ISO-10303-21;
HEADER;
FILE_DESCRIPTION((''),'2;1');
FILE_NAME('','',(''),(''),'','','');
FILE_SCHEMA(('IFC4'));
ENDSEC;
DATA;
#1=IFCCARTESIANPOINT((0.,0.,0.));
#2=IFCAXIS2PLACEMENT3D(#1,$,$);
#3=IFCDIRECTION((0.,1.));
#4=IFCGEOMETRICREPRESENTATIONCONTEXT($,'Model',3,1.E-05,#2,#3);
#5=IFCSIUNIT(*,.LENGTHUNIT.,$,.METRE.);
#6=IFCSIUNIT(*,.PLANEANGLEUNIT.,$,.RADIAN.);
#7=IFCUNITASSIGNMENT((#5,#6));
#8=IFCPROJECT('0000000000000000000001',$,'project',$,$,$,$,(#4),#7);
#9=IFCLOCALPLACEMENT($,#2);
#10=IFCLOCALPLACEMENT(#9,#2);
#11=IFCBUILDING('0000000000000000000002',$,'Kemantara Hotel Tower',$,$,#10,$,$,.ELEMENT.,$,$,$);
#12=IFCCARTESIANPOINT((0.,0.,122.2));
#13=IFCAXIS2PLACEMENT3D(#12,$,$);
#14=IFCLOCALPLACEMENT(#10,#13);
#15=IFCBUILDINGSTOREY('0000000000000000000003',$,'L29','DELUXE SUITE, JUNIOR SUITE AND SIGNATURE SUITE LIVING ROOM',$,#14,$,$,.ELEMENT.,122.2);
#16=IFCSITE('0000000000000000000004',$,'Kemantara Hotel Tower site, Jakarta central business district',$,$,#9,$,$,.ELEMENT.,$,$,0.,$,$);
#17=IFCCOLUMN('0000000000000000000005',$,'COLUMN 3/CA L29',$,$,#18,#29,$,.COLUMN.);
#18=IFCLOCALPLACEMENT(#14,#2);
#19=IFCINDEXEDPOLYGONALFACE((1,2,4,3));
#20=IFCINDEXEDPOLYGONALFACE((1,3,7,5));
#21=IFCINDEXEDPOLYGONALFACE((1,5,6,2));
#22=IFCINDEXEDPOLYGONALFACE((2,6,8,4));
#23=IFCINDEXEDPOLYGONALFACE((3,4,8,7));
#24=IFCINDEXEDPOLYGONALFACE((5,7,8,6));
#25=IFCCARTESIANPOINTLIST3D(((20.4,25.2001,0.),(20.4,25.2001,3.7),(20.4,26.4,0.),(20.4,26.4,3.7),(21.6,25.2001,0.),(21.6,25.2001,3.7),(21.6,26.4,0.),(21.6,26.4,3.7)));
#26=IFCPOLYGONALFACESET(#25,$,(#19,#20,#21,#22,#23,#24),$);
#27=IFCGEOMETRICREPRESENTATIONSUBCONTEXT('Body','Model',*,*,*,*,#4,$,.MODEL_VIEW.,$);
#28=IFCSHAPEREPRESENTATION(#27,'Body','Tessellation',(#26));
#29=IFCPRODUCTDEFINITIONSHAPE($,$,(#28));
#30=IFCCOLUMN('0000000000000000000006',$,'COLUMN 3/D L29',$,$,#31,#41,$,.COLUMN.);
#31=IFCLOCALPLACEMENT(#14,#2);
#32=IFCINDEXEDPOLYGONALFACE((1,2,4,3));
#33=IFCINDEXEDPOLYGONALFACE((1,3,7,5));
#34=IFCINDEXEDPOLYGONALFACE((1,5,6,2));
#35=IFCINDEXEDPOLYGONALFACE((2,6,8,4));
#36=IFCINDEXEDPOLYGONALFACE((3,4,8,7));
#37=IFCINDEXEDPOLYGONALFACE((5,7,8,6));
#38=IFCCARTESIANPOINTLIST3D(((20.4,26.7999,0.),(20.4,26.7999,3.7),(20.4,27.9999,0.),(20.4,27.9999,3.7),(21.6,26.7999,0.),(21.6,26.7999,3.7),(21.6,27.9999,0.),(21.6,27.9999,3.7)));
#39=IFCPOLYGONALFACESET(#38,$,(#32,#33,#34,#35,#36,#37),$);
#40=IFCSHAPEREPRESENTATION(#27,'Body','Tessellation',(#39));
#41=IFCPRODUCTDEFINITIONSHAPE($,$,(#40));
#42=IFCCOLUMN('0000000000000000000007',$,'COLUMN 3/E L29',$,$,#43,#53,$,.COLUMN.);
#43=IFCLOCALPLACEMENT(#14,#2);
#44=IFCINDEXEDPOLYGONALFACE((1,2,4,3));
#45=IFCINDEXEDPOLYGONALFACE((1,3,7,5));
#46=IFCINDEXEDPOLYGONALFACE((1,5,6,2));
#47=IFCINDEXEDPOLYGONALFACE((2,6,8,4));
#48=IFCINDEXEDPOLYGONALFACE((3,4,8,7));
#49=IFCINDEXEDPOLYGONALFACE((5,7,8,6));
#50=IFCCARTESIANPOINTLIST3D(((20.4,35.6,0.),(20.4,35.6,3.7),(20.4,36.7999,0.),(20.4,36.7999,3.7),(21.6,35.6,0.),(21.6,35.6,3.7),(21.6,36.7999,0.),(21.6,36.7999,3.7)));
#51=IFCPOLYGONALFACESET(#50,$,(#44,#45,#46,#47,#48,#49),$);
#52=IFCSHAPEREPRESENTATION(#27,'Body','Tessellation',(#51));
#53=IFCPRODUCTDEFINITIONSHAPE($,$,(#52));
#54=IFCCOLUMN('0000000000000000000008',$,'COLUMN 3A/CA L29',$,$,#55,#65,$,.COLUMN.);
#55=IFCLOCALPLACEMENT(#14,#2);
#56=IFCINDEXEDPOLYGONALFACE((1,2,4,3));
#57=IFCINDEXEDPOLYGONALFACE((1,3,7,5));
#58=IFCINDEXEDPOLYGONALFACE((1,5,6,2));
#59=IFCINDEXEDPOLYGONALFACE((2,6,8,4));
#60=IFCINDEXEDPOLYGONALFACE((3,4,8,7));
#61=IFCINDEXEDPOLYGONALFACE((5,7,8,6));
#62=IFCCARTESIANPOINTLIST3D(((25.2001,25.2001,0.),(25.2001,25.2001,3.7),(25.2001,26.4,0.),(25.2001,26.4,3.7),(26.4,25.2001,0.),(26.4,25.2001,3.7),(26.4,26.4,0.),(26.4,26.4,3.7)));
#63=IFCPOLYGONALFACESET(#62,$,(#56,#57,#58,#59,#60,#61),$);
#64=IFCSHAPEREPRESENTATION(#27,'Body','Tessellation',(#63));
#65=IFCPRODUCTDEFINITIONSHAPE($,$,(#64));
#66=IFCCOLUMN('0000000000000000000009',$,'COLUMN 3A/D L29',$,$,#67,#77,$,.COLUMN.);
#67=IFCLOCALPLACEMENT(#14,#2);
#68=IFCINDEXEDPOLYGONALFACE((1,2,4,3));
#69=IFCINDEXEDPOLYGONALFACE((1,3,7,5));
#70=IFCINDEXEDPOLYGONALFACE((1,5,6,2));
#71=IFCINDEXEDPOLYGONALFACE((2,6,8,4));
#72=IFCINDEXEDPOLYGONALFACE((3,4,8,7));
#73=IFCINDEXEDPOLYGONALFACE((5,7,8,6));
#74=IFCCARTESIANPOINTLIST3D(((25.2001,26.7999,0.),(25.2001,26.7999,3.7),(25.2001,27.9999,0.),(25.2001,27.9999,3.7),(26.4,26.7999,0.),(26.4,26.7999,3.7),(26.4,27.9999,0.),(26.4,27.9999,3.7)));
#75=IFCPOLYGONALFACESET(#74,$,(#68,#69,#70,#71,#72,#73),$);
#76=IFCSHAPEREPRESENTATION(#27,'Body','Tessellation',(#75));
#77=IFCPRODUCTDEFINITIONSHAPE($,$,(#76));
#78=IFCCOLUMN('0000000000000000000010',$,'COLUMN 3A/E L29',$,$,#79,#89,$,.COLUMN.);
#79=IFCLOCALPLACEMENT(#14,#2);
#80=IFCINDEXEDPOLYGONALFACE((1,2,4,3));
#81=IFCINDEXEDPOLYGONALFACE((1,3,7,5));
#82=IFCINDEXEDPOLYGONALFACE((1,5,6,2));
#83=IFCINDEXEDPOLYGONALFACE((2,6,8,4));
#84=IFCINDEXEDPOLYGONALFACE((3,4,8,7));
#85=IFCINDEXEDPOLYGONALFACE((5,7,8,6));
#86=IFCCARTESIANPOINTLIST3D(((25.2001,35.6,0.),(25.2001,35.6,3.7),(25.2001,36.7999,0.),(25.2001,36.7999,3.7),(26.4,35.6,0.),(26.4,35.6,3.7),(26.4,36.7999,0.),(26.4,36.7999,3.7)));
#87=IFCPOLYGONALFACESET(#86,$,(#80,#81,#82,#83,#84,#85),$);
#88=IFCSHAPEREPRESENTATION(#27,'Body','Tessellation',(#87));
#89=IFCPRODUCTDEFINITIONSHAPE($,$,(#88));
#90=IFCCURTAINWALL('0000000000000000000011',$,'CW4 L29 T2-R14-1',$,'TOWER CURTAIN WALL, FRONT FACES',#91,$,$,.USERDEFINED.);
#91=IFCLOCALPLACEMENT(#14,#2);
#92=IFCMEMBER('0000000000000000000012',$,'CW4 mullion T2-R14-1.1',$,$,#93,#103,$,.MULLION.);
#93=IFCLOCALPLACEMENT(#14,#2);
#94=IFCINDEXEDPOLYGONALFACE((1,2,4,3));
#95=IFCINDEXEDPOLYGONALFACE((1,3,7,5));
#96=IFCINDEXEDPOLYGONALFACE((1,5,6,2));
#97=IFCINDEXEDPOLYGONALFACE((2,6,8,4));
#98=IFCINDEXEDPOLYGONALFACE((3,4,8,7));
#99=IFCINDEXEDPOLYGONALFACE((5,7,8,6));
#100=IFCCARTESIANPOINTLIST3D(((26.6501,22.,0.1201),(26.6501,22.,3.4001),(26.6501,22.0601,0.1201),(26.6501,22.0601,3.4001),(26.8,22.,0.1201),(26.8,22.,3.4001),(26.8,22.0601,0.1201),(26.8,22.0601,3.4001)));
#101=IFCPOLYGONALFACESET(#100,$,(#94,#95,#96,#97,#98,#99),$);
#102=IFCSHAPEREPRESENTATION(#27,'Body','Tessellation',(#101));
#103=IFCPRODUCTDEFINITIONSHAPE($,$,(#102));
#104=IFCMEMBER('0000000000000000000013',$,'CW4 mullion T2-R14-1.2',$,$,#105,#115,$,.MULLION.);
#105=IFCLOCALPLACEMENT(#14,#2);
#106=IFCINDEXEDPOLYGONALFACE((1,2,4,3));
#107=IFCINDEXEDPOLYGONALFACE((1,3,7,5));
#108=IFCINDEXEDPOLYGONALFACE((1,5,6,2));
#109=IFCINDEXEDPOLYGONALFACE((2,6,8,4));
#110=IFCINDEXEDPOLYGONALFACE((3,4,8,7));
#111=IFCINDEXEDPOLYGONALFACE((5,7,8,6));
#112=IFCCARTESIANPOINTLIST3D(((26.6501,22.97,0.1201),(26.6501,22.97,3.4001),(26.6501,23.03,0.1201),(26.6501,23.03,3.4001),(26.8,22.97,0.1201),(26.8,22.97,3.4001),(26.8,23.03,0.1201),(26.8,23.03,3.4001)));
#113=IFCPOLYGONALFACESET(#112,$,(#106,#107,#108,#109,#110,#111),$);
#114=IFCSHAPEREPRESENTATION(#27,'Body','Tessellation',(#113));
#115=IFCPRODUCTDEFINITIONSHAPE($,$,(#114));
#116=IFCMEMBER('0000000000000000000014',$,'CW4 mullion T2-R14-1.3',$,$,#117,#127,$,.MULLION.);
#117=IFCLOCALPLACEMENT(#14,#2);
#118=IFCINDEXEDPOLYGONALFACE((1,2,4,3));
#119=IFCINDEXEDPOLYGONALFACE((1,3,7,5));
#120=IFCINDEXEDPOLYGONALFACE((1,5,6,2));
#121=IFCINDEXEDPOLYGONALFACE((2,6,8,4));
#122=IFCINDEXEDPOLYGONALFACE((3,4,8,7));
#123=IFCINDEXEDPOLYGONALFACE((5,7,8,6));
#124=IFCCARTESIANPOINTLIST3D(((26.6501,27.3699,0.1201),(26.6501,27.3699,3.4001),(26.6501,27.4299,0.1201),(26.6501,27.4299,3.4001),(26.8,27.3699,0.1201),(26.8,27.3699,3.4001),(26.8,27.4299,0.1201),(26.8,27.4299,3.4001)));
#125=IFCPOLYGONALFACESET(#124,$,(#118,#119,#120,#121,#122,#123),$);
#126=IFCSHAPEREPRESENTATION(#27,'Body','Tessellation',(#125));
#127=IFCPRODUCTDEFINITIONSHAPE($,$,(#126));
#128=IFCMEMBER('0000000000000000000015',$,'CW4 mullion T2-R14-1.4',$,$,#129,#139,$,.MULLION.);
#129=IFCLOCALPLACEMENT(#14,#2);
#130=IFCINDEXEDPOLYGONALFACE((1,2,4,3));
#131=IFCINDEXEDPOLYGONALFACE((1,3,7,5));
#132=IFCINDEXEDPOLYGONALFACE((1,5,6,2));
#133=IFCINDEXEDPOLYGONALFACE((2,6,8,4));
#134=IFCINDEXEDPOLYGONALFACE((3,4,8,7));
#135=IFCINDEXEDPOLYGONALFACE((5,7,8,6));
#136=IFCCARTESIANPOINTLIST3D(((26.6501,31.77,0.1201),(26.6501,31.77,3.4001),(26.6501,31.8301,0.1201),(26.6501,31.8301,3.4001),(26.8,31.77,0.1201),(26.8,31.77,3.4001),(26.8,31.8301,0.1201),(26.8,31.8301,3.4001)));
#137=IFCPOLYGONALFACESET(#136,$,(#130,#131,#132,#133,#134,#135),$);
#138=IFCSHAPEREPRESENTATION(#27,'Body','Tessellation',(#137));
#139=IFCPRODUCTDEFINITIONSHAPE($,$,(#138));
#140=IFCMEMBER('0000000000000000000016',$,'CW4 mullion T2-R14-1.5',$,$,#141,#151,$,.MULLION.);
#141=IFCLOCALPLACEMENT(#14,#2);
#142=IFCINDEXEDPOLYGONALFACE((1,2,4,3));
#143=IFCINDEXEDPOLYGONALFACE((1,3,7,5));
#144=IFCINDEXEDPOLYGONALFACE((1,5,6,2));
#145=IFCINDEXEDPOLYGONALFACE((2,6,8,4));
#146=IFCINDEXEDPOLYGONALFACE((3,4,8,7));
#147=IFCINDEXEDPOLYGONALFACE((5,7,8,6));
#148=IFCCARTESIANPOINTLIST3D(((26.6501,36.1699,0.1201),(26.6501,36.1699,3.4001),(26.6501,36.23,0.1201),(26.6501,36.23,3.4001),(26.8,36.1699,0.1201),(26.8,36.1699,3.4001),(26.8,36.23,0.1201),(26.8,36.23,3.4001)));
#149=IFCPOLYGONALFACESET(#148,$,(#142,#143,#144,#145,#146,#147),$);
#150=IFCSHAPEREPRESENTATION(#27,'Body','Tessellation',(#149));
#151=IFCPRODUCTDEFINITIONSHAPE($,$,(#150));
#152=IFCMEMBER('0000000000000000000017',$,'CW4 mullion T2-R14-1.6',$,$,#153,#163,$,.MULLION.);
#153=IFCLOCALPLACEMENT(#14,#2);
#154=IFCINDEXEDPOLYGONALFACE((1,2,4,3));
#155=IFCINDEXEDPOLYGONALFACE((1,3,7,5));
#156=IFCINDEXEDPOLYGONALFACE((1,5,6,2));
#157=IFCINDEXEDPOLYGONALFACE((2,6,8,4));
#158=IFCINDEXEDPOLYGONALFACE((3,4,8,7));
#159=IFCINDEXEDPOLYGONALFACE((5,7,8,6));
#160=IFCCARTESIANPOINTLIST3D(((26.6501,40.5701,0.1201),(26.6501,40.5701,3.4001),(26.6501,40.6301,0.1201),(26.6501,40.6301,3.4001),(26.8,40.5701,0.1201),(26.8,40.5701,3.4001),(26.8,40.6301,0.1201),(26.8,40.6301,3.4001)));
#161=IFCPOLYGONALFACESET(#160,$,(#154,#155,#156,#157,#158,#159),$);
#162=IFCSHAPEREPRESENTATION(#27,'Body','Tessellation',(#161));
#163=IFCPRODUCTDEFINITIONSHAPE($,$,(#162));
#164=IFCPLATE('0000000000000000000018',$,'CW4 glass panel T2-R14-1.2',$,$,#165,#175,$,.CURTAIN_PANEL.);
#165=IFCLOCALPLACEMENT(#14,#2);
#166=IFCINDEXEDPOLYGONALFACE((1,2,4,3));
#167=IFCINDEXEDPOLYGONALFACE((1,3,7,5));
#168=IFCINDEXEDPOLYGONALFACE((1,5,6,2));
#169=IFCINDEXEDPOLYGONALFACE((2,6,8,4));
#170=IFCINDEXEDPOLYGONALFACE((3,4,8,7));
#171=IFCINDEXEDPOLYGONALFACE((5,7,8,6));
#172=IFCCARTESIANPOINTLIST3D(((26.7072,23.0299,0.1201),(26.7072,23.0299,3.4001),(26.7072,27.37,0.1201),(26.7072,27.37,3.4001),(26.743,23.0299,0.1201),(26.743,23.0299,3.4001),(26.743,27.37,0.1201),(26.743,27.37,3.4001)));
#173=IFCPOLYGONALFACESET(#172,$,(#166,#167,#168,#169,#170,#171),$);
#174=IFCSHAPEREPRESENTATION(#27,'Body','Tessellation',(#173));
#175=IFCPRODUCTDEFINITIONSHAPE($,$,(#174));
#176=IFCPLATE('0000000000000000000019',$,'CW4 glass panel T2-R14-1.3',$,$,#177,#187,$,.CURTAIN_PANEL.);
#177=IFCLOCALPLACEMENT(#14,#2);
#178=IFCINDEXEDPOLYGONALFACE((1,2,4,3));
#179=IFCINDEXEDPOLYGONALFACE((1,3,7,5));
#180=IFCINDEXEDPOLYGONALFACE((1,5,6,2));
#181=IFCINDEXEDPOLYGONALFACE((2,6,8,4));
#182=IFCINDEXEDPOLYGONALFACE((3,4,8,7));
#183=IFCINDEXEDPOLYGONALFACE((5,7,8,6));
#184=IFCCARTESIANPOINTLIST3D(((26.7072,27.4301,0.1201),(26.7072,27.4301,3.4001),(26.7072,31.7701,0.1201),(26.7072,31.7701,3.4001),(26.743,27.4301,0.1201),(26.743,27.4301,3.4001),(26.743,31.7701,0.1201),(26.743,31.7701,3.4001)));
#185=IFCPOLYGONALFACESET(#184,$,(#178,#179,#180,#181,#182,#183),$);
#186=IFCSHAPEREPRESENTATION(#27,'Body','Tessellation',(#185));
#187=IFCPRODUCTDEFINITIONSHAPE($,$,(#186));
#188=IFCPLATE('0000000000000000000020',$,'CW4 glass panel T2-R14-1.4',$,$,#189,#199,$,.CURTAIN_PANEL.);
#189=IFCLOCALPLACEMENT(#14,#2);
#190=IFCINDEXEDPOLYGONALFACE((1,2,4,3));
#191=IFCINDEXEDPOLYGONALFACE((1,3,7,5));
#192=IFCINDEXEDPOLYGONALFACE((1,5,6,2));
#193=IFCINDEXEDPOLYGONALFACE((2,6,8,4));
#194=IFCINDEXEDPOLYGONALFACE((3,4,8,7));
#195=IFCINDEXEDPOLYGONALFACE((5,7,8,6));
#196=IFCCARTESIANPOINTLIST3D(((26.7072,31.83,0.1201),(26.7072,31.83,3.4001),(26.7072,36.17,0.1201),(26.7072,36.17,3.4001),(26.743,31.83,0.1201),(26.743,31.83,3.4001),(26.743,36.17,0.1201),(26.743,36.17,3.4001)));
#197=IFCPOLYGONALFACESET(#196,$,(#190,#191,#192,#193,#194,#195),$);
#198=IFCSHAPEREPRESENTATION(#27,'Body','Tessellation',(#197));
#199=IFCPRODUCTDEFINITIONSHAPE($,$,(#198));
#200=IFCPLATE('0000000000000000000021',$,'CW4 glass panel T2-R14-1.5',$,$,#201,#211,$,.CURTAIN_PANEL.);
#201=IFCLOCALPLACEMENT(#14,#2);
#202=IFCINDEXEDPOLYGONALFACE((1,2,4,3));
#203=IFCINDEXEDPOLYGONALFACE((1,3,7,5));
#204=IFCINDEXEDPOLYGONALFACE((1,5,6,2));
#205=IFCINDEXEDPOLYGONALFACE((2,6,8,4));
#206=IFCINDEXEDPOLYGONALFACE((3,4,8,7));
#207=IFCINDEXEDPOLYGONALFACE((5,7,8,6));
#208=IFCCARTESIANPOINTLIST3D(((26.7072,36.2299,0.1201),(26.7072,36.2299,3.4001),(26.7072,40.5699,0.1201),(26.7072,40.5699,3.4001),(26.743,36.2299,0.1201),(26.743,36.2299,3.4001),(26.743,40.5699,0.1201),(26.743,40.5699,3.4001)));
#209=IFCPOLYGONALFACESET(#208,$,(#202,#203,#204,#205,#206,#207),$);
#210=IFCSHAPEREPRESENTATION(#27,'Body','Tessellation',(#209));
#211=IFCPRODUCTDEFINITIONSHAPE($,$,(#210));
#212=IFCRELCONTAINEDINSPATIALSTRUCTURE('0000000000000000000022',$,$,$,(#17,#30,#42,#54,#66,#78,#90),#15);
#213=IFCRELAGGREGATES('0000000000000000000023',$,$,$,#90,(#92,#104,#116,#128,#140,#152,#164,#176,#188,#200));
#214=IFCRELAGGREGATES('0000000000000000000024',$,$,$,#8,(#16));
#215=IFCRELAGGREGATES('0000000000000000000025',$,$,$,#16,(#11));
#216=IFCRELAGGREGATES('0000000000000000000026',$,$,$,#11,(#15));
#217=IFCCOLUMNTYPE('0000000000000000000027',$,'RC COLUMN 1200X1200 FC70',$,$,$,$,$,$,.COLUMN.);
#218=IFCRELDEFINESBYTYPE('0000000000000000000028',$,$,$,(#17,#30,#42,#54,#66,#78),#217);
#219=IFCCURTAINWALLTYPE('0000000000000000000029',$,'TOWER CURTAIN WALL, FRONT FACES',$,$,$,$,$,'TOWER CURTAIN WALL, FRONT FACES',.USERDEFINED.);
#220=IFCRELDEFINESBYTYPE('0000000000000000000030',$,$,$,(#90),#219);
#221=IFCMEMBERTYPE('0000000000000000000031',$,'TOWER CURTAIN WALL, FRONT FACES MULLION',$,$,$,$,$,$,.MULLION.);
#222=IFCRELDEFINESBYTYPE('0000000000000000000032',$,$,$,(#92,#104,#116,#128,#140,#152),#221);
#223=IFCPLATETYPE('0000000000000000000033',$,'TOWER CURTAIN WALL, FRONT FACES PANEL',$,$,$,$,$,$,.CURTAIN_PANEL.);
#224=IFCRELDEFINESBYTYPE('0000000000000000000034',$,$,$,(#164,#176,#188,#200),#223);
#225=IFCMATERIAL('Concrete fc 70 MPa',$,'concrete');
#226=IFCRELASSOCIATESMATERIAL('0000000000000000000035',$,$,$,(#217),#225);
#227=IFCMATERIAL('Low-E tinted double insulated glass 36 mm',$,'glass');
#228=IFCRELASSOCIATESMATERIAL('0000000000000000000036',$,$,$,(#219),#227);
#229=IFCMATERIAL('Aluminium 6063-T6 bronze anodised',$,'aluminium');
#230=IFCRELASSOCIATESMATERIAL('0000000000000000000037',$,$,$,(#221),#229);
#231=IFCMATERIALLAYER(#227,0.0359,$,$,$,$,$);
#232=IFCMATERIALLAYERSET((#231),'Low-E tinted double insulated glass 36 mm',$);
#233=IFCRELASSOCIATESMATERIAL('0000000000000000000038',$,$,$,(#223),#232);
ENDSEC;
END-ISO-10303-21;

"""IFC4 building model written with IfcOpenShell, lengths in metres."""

from ifc_helpers import new_model, si_unit, direction, frame, origin, origin_2d, place, context, subcontext, project, spatial, rectangle, extrude, source, transform, mapped, material, layer, layer_set, material_profile, profile_set, type_object, element, aggregate, save


model = new_model("IFC4")

# Units and contexts
model_context = context("Model", 3, precision=1e-05, world=origin(), true_north=direction((0.0, 1.0)))
body_context = subcontext(model_context, "Body", "Model", "MODEL_VIEW")
ifc_project = project(units=[si_unit("LENGTHUNIT", "METRE"), si_unit("PLANEANGLEUNIT", "RADIAN")], contexts=[model_context])

# Site, building, storey
site_placement = place(None, origin())
site = spatial("IfcSite", under=ifc_project, at=site_placement, Name="Kemantara Hotel Tower site, Jakarta central business district", CompositionType="ELEMENT", RefElevation=0.0)
building_placement = place(site_placement, origin())
building = spatial("IfcBuilding", under=site, at=building_placement, Name="Kemantara Hotel Tower", CompositionType="ELEMENT")
storey_placement = place(building_placement, frame((0.0, 0.0, 122.2)))
storey = spatial("IfcBuildingStorey", under=building, at=storey_placement, Name="L29", Description="DELUXE SUITE, JUNIOR SUITE AND SIGNATURE SUITE LIVING ROOM", CompositionType="ELEMENT", Elevation=122.2)

# Columns
ifc_material_1 = material(Name="Concrete fc 70 MPa", Category="concrete")
ifc_material_profile_1 = material_profile(ifc_material_1, rectangle(XDim=1.2, YDim=1.2, at=origin_2d()), Name="RC 1200X1200")
ifc_profile_set_1 = profile_set([ifc_material_profile_1], Name="Concrete fc 70 MPa")
column_type = type_object("IfcColumnType", Name="RC COLUMN 1200X1200 FC70", PredefinedType="COLUMN", material=ifc_profile_set_1)
for number, where, z_axis, x_axis, name in (
    (1, (21.0, 25.8, 0.0), (0.0, 0.0, 1.0), (1.0, 0.0, 0.0), "COLUMN 3/CA L29"),
    (2, (21.0, 27.3999, 0.0), (0.0, 0.0, 1.0), (1.0, 0.0, 0.0), "COLUMN 3/D L29"),
    (3, (21.0, 36.2, 0.0), (0.0, 0.0, 1.0), (1.0, 0.0, 0.0), "COLUMN 3/E L29"),
    (4, (25.8, 25.8, 0.0), (0.0, 0.0, 1.0), (1.0, 0.0, 0.0), "COLUMN 3A/CA L29"),
    (5, (25.8, 27.3999, 0.0), (0.0, 0.0, 1.0), (1.0, 0.0, 0.0), "COLUMN 3A/D L29"),
    (6, (25.8, 36.2, 0.0), (0.0, 0.0, 1.0), (1.0, 0.0, 0.0), "COLUMN 3A/E L29"),
):
    element("IfcColumn", number, at=place(storey_placement, frame(where, z_axis=z_axis, x_axis=x_axis)), inside=storey, type_object=column_type, Name=name, PredefinedType="COLUMN", context=body_context, shape_type="SweptSolid", body=[
        extrude(rectangle(XDim=1.2, YDim=1.2, at=origin_2d()), origin(), (0.0, 0.0, 1.0), 3.7),
    ])

# Curtain wall, members, plates
ifc_material_2 = material(Name="Low-E tinted double insulated glass 36 mm", Category="glass")
curtain_wall_type = type_object("IfcCurtainWallType", Name="TOWER CURTAIN WALL, FRONT FACES", ElementType="TOWER CURTAIN WALL, FRONT FACES", PredefinedType="USERDEFINED", material=ifc_material_2)
curtain_wall_placement = place(storey_placement, origin())
curtain_wall = element("IfcCurtainWall", 7, at=curtain_wall_placement, inside=storey, type_object=curtain_wall_type, Name="CW4 L29 T2-R14-1", ObjectType="TOWER CURTAIN WALL, FRONT FACES", PredefinedType="USERDEFINED")
ifc_material_3 = material(Name="Aluminium 6063-T6 bronze anodised", Category="aluminium")
ifc_material_profile_2 = material_profile(ifc_material_3, rectangle(XDim=0.1499, YDim=0.0601, at=origin_2d()), Name="TOWER CURTAIN WALL, FRONT FACES MULLION")
ifc_profile_set_2 = profile_set([ifc_material_profile_2], Name="Aluminium 6063-T6 bronze anodised")
member_type = type_object("IfcMemberType", Name="TOWER CURTAIN WALL, FRONT FACES MULLION", PredefinedType="MULLION", material=ifc_profile_set_2)
shared_shape_1 = source(origin(), body_context, "Body", "SweptSolid", [
    extrude(rectangle(XDim=0.1499, YDim=0.0601, at=origin_2d()), origin(), (0.0, 0.0, 1.0), 3.28),
])
member_1_placement = place(storey_placement, frame((26.7251, 22.03, 0.1201), z_axis=(0.0, 0.0, 1.0), x_axis=(-1.0, 0.0, 0.0)))
member_1 = element("IfcMember", 8, at=member_1_placement, type_object=member_type, Name="CW4 mullion T2-R14-1.1", PredefinedType="MULLION", context=body_context, shape_type="MappedRepresentation", body=[
    mapped(shared_shape_1, transform((0.0, 0.0, 0.0))),
])
member_2_placement = place(storey_placement, frame((26.7251, 23.0, 0.1201), z_axis=(0.0, 0.0, 1.0), x_axis=(-1.0, 0.0, 0.0)))
member_2 = element("IfcMember", 9, at=member_2_placement, type_object=member_type, Name="CW4 mullion T2-R14-1.2", PredefinedType="MULLION", context=body_context, shape_type="MappedRepresentation", body=[
    mapped(shared_shape_1, transform((0.0, 0.0, 0.0))),
])
member_3_placement = place(storey_placement, frame((26.7251, 27.3999, 0.1201), z_axis=(0.0, 0.0, 1.0), x_axis=(-1.0, 0.0, 0.0)))
member_3 = element("IfcMember", 10, at=member_3_placement, type_object=member_type, Name="CW4 mullion T2-R14-1.3", PredefinedType="MULLION", context=body_context, shape_type="MappedRepresentation", body=[
    mapped(shared_shape_1, transform((0.0, 0.0, 0.0))),
])
member_4_placement = place(storey_placement, frame((26.7251, 31.8, 0.1201), z_axis=(0.0, 0.0, 1.0), x_axis=(-1.0, 0.0, 0.0)))
member_4 = element("IfcMember", 11, at=member_4_placement, type_object=member_type, Name="CW4 mullion T2-R14-1.4", PredefinedType="MULLION", context=body_context, shape_type="MappedRepresentation", body=[
    mapped(shared_shape_1, transform((0.0, 0.0, 0.0))),
])
member_5_placement = place(storey_placement, frame((26.7251, 36.2, 0.1201), z_axis=(0.0, 0.0, 1.0), x_axis=(-1.0, 0.0, 0.0)))
member_5 = element("IfcMember", 12, at=member_5_placement, type_object=member_type, Name="CW4 mullion T2-R14-1.5", PredefinedType="MULLION", context=body_context, shape_type="MappedRepresentation", body=[
    mapped(shared_shape_1, transform((0.0, 0.0, 0.0))),
])
member_6_placement = place(storey_placement, frame((26.7251, 40.6001, 0.1201), z_axis=(0.0, 0.0, 1.0), x_axis=(-1.0, 0.0, 0.0)))
member_6 = element("IfcMember", 13, at=member_6_placement, type_object=member_type, Name="CW4 mullion T2-R14-1.6", PredefinedType="MULLION", context=body_context, shape_type="MappedRepresentation", body=[
    mapped(shared_shape_1, transform((0.0, 0.0, 0.0))),
])
ifc_layer_1 = layer(ifc_material_2, 0.0359)
ifc_layer_set_1 = layer_set([ifc_layer_1], Name="Low-E tinted double insulated glass 36 mm")
plate_type = type_object("IfcPlateType", Name="TOWER CURTAIN WALL, FRONT FACES PANEL", PredefinedType="CURTAIN_PANEL", material=ifc_layer_set_1)
shared_shape_2 = source(origin(), body_context, "Body", "SweptSolid", [
    extrude(rectangle(XDim=4.3401, YDim=0.0359, at=origin_2d()), origin(), (0.0, 0.0, 1.0), 3.28),
])
plate_1_placement = place(storey_placement, frame((26.7251, 25.2, 0.1201), z_axis=(0.0, 0.0, 1.0), x_axis=(0.0, 1.0, 0.0)))
plate_1 = element("IfcPlate", 14, at=plate_1_placement, type_object=plate_type, Name="CW4 glass panel T2-R14-1.2", PredefinedType="CURTAIN_PANEL", context=body_context, shape_type="MappedRepresentation", body=[
    mapped(shared_shape_2, transform((0.0, 0.0, 0.0))),
])
plate_2_placement = place(storey_placement, frame((26.7251, 29.6001, 0.1201), z_axis=(0.0, 0.0, 1.0), x_axis=(0.0, 1.0, 0.0)))
plate_2 = element("IfcPlate", 15, at=plate_2_placement, type_object=plate_type, Name="CW4 glass panel T2-R14-1.3", PredefinedType="CURTAIN_PANEL", context=body_context, shape_type="MappedRepresentation", body=[
    mapped(shared_shape_2, transform((0.0, 0.0, 0.0))),
])
plate_3_placement = place(storey_placement, frame((26.7251, 34.0, 0.1201), z_axis=(0.0, 0.0, 1.0), x_axis=(0.0, 1.0, 0.0)))
plate_3 = element("IfcPlate", 16, at=plate_3_placement, type_object=plate_type, Name="CW4 glass panel T2-R14-1.4", PredefinedType="CURTAIN_PANEL", context=body_context, shape_type="MappedRepresentation", body=[
    mapped(shared_shape_2, transform((0.0, 0.0, 0.0))),
])
plate_4_placement = place(storey_placement, frame((26.7251, 38.3999, 0.1201), z_axis=(0.0, 0.0, 1.0), x_axis=(0.0, 1.0, 0.0)))
plate_4 = element("IfcPlate", 17, at=plate_4_placement, type_object=plate_type, Name="CW4 glass panel T2-R14-1.5", PredefinedType="CURTAIN_PANEL", context=body_context, shape_type="MappedRepresentation", body=[
    mapped(shared_shape_2, transform((0.0, 0.0, 0.0))),
])
aggregate(curtain_wall, [member_1, member_2, member_3, member_4, member_5, member_6, plate_1, plate_2, plate_3, plate_4])

save(model, "model.ifc")
